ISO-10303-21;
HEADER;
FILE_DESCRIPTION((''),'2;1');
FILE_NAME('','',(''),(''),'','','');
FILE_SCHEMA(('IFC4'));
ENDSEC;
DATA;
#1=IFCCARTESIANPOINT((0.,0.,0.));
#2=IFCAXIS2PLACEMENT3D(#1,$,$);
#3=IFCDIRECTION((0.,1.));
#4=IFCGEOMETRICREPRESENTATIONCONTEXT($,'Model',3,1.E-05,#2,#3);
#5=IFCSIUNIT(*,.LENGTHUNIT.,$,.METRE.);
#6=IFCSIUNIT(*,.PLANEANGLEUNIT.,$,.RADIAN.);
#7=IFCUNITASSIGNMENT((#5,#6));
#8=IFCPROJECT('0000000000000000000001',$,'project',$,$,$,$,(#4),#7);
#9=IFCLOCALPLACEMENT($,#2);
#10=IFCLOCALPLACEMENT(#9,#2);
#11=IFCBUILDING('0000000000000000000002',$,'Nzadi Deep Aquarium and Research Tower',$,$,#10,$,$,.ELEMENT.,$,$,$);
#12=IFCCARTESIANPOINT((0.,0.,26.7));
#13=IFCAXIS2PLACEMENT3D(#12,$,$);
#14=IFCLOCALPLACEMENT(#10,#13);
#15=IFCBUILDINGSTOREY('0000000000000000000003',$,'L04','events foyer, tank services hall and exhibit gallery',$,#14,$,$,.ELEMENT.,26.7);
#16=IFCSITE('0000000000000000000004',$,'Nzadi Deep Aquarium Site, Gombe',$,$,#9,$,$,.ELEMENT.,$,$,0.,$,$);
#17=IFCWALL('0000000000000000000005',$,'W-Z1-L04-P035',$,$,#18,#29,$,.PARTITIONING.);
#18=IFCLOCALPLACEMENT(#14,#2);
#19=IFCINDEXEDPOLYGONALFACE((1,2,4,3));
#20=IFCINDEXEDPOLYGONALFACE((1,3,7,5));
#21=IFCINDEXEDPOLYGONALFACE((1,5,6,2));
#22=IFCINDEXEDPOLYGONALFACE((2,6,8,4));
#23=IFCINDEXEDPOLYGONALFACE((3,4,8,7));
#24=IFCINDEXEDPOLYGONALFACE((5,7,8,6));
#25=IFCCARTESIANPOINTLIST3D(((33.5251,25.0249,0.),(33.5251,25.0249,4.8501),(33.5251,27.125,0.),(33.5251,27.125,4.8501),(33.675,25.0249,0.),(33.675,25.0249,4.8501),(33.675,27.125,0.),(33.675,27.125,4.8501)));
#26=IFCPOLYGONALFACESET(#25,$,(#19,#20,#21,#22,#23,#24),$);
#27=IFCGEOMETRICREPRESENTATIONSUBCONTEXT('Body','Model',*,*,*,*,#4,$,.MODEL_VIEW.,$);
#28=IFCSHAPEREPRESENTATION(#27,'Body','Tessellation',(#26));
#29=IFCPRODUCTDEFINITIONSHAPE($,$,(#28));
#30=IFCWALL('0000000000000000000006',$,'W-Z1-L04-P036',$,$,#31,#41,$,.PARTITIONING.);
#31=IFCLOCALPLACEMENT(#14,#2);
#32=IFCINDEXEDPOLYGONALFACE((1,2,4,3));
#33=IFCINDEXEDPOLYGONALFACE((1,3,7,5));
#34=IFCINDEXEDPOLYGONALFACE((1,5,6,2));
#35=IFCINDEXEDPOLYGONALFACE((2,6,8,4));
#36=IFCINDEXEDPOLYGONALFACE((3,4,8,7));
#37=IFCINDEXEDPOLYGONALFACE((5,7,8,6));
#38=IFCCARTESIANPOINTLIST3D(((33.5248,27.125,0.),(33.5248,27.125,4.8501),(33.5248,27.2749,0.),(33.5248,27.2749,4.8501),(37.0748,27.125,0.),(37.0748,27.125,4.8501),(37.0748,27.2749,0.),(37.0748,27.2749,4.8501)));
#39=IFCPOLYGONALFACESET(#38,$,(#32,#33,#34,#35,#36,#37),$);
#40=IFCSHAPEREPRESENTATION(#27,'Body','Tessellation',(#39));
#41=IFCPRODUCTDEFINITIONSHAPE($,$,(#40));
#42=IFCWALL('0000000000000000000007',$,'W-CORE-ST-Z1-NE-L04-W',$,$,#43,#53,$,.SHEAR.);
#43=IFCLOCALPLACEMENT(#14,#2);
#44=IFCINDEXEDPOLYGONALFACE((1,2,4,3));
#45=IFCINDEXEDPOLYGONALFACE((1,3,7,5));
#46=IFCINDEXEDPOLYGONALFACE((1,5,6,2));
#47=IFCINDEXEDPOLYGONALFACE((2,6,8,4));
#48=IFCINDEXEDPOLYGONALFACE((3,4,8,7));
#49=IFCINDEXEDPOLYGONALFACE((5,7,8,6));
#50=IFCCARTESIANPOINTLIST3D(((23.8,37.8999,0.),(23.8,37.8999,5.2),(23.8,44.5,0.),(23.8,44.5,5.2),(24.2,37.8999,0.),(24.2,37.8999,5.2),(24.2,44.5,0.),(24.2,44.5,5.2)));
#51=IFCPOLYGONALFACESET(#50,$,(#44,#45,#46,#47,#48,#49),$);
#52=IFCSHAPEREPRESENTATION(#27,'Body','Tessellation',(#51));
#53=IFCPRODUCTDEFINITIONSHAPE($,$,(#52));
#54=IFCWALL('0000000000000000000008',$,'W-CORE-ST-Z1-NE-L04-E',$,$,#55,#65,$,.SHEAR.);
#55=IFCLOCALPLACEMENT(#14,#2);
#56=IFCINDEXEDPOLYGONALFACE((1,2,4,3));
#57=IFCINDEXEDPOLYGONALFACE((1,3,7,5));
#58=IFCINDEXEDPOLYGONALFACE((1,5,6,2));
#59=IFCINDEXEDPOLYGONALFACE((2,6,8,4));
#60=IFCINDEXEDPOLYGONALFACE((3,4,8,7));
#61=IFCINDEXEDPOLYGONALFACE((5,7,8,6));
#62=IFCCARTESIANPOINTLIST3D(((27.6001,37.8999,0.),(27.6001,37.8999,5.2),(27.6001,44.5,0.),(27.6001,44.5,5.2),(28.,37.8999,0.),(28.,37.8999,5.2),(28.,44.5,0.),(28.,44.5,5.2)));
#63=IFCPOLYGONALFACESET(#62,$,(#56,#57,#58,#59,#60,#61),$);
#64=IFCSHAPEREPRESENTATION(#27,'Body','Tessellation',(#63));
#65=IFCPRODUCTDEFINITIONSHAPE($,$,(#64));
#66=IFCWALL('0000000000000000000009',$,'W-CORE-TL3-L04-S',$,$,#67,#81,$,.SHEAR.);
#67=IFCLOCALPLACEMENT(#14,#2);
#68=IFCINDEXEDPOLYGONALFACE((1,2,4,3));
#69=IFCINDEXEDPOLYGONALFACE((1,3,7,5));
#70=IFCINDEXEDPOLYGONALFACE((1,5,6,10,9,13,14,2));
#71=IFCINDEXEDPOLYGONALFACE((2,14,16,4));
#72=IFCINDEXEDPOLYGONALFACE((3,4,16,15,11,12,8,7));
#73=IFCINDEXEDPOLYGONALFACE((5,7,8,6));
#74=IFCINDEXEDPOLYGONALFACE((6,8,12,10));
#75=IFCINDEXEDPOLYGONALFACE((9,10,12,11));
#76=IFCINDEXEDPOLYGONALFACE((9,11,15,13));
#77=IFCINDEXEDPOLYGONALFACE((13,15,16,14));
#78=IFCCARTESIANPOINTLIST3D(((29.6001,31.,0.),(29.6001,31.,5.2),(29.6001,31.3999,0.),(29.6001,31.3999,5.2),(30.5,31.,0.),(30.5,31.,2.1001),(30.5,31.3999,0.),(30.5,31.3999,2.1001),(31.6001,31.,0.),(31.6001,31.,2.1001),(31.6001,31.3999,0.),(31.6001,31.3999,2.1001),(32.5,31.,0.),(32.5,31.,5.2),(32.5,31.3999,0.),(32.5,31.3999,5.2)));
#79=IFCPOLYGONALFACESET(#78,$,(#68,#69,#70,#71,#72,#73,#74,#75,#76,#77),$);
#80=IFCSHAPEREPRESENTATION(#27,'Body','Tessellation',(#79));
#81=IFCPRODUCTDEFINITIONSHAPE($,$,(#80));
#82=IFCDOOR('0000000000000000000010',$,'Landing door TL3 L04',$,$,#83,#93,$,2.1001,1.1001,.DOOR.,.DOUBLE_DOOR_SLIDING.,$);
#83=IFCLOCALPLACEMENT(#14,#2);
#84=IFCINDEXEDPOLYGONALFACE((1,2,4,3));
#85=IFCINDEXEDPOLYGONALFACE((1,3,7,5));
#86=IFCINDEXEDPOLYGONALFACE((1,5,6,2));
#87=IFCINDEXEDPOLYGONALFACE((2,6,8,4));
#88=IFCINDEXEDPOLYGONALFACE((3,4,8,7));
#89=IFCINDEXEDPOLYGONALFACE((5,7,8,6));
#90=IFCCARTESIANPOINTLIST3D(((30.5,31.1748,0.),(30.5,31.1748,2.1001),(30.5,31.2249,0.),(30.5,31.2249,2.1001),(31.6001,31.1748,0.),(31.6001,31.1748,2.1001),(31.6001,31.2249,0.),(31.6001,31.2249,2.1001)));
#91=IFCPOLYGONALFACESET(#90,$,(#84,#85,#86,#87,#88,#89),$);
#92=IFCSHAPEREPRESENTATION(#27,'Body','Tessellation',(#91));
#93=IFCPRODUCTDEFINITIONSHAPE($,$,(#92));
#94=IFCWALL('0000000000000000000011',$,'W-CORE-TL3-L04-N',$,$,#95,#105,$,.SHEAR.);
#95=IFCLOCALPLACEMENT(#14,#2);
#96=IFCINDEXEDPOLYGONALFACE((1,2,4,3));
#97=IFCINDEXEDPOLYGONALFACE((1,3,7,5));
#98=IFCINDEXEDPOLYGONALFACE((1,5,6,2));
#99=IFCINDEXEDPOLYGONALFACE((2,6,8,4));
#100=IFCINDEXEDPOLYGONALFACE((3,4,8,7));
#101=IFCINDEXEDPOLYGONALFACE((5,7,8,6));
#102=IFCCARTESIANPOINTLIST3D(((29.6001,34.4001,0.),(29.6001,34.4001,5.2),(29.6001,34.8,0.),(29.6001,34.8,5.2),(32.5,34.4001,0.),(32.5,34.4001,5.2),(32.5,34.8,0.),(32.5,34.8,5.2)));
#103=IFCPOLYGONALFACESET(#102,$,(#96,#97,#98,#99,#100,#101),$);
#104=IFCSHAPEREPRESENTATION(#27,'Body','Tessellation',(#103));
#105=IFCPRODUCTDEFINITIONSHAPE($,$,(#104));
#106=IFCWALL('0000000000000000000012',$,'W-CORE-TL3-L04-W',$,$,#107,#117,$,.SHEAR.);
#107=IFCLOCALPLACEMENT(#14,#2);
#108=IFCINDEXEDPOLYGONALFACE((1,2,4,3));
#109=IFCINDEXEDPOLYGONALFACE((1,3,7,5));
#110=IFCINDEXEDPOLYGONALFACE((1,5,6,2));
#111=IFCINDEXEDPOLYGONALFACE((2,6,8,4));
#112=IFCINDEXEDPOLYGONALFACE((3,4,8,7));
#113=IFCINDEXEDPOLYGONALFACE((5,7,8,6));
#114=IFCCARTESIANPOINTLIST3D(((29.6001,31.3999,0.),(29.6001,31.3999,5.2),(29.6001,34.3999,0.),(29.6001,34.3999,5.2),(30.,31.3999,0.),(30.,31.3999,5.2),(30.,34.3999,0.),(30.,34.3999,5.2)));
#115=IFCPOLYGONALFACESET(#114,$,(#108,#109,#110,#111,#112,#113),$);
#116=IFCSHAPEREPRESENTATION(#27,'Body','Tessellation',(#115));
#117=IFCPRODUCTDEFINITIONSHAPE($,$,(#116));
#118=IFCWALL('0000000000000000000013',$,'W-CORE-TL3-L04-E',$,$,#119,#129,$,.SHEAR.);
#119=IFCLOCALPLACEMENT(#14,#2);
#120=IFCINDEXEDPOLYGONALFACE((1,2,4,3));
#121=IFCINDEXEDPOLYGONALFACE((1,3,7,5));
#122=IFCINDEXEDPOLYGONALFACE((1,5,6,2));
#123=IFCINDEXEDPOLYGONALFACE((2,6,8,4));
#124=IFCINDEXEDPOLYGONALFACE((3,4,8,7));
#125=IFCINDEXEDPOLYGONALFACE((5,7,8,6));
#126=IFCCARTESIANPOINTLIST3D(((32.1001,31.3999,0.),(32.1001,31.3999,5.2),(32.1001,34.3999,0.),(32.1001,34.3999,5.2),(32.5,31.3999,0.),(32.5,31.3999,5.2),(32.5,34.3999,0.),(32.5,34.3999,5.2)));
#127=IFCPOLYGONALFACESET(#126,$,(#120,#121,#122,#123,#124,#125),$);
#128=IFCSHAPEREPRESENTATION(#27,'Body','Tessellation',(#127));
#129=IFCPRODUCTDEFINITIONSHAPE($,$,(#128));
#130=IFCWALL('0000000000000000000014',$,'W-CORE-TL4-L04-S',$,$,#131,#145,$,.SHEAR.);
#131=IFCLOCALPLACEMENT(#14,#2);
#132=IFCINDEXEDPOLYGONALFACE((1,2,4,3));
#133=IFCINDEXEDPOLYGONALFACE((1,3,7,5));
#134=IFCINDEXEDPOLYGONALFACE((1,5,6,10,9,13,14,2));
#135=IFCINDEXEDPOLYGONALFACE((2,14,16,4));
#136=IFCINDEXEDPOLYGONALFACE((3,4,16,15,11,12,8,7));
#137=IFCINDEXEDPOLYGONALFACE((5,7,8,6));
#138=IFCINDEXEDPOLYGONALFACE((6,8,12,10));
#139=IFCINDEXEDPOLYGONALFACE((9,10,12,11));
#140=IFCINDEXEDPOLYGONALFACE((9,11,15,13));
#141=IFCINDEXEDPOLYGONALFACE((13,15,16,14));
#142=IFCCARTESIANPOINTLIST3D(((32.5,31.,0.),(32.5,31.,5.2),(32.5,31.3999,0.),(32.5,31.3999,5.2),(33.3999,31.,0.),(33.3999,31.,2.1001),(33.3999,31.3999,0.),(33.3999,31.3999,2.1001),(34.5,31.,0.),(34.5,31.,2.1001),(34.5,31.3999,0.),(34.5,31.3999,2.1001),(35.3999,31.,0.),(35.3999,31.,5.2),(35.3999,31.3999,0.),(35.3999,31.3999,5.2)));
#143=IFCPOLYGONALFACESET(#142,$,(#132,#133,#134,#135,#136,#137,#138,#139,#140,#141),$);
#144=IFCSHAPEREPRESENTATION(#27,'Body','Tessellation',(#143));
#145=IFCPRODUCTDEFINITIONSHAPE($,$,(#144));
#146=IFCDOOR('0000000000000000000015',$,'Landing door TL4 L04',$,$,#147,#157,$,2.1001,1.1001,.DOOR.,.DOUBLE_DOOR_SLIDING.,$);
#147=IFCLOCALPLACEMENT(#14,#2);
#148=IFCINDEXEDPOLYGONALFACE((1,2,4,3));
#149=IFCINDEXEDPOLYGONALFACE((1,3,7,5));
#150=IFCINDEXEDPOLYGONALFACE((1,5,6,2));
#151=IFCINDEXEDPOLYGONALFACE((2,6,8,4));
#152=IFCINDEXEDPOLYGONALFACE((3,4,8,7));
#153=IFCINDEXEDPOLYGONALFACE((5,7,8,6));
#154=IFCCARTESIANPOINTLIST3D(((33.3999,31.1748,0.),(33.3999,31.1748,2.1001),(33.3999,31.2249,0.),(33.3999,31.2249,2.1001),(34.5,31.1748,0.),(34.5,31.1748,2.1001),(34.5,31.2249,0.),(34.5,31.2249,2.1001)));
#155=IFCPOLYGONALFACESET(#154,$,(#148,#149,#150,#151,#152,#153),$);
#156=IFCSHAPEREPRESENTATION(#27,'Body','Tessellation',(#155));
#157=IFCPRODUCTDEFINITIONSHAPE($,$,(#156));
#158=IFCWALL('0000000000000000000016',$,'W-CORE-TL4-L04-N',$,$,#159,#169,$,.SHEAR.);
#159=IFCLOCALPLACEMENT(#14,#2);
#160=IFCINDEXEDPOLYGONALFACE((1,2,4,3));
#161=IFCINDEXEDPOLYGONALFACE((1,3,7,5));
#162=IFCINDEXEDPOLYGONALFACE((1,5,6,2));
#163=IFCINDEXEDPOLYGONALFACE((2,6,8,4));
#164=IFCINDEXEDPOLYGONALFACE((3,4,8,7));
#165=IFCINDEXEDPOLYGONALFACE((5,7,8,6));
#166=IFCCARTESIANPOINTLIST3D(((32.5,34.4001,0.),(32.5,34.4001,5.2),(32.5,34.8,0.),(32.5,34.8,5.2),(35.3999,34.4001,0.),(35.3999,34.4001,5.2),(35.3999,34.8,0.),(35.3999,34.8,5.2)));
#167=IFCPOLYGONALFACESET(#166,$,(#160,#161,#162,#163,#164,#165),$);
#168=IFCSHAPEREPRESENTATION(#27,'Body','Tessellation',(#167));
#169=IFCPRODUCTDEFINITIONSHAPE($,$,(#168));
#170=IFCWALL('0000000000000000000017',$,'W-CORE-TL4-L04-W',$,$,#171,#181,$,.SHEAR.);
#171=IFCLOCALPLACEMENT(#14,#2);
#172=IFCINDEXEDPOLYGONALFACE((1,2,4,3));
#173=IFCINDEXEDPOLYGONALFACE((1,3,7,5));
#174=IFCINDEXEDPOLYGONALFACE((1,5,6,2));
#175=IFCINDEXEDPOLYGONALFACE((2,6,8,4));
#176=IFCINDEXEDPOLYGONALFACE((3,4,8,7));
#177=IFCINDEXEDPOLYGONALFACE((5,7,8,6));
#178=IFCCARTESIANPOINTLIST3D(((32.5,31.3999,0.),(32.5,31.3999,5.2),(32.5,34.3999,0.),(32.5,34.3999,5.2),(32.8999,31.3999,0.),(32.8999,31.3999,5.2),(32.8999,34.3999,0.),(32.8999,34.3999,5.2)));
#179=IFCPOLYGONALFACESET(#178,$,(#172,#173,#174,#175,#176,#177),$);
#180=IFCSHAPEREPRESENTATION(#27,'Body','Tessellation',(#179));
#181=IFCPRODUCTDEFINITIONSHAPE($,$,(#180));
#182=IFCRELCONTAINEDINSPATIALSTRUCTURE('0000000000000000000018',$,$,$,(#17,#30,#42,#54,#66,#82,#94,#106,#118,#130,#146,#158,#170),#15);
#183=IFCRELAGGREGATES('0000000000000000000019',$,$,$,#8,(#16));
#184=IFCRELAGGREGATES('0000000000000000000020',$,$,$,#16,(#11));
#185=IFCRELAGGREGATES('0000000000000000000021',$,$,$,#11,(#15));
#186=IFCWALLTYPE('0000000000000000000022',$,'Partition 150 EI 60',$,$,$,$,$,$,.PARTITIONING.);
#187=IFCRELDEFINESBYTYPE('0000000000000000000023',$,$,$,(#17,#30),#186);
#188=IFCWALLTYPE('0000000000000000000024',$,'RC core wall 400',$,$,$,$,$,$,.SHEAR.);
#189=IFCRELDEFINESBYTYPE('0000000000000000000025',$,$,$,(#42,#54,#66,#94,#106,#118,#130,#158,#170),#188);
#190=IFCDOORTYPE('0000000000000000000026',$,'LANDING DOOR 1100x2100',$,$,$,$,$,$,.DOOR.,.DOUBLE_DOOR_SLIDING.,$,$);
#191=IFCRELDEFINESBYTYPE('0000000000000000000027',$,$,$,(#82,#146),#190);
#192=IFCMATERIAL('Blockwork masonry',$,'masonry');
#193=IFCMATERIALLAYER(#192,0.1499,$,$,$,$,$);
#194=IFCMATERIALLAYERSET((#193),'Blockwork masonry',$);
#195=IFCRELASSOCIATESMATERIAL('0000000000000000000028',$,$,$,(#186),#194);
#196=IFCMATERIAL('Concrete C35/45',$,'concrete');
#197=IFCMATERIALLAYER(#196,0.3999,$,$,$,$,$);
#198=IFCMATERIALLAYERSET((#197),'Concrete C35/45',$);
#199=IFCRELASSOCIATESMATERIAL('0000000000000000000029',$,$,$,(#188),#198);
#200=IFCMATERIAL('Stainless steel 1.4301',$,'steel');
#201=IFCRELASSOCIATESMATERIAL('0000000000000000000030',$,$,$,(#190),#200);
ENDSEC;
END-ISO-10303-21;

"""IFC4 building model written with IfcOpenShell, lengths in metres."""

from ifc_helpers import new_model, si_unit, direction, frame, frame_2d, origin, place, context, subcontext, project, spatial, rectangle, extrude, material, layer, layer_set, type_object, element, fill, save


model = new_model("IFC4")

# Units and contexts
model_context = context("Model", 3, precision=1e-05, world=origin(), true_north=direction((0.0, 1.0)))
body_context = subcontext(model_context, "Body", "Model", "MODEL_VIEW")
ifc_project = project(units=[si_unit("LENGTHUNIT", "METRE"), si_unit("PLANEANGLEUNIT", "RADIAN")], contexts=[model_context])

# Site, building, storey
site_placement = place(None, origin())
site = spatial("IfcSite", under=ifc_project, at=site_placement, Name="Nzadi Deep Aquarium Site, Gombe", CompositionType="ELEMENT", RefElevation=0.0)
building_placement = place(site_placement, origin())
building = spatial("IfcBuilding", under=site, at=building_placement, Name="Nzadi Deep Aquarium and Research Tower", CompositionType="ELEMENT")
storey_placement = place(building_placement, frame((0.0, 0.0, 26.7)))
storey = spatial("IfcBuildingStorey", under=building, at=storey_placement, Name="L04", Description="events foyer, tank services hall and exhibit gallery", CompositionType="ELEMENT", Elevation=26.7)

# Shared definitions
ifc_material_1 = material(Name="Blockwork masonry", Category="masonry")
ifc_layer_1 = layer(ifc_material_1, 0.1499)
ifc_layer_set_1 = layer_set([ifc_layer_1], Name="Blockwork masonry")
wall_type_1 = type_object("IfcWallType", Name="Partition 150 EI 60", PredefinedType="PARTITIONING", material=ifc_layer_set_1)

# Walls
wall_1_placement = place(storey_placement, frame((33.6001, 25.0249, 0.0), z_axis=(0.0, 0.0, 1.0), x_axis=(0.0, 1.0, 0.0)))
element("IfcWall", 1, at=wall_1_placement, inside=storey, type_object=wall_type_1, Name="W-Z1-L04-P035", PredefinedType="PARTITIONING", context=body_context, shape_type="SweptSolid", body=[
    extrude(rectangle(XDim=2.1001, YDim=0.1499, at=frame_2d((1.05, 0.0))), origin(), (0.0, 0.0, 1.0), 4.8501),
])
wall_2_placement = place(storey_placement, frame((33.5249, 27.2, 0.0), z_axis=(0.0, 0.0, 1.0), x_axis=(1.0, 0.0, 0.0)))
element("IfcWall", 2, at=wall_2_placement, inside=storey, type_object=wall_type_1, Name="W-Z1-L04-P036", PredefinedType="PARTITIONING", context=body_context, shape_type="SweptSolid", body=[
    extrude(rectangle(XDim=3.55, YDim=0.1499, at=frame_2d((1.7749, 0.0))), origin(), (0.0, 0.0, 1.0), 4.8501),
])
ifc_material_2 = material(Name="Concrete C35/45", Category="concrete")
ifc_layer_2 = layer(ifc_material_2, 0.3999)
ifc_layer_set_2 = layer_set([ifc_layer_2], Name="Concrete C35/45")
wall_type_2 = type_object("IfcWallType", Name="RC core wall 400", PredefinedType="SHEAR", material=ifc_layer_set_2)
for number, where, z_axis, x_axis, name in (
    (3, (24.0, 37.8999, 0.0), (0.0, 0.0, 1.0), (0.0, 1.0, 0.0), "W-CORE-ST-Z1-NE-L04-W"),
    (4, (27.8, 37.8999, 0.0), (0.0, 0.0, 1.0), (0.0, 1.0, 0.0), "W-CORE-ST-Z1-NE-L04-E"),
):
    element("IfcWall", number, at=place(storey_placement, frame(where, z_axis=z_axis, x_axis=x_axis)), inside=storey, type_object=wall_type_2, Name=name, PredefinedType="SHEAR", context=body_context, shape_type="SweptSolid", body=[
        extrude(rectangle(XDim=6.6001, YDim=0.3999, at=frame_2d((3.3, 0.0))), origin(), (0.0, 0.0, 1.0), 5.2),
    ])

# Wall, opening, door
wall_3_placement = place(storey_placement, frame((29.6001, 31.2, 0.0), z_axis=(0.0, 0.0, 1.0), x_axis=(1.0, 0.0, 0.0)))
wall_3 = element("IfcWall", 5, at=wall_3_placement, inside=storey, type_object=wall_type_2, Name="W-CORE-TL3-L04-S", PredefinedType="SHEAR", context=body_context, shape_type="SweptSolid", body=[
    extrude(rectangle(XDim=2.8999, YDim=0.3999, at=frame_2d((1.45, 0.0))), origin(), (0.0, 0.0, 1.0), 5.2),
])
opening_1_placement = place(wall_3_placement, frame((0.8999, 0.0, 0.0)))
opening_1 = element("IfcOpeningElement", 6, at=opening_1_placement, cuts=wall_3, PredefinedType="OPENING", context=body_context, shape_type="SweptSolid", body=[
    extrude(rectangle(XDim=1.1001, YDim=2.1001, at=frame_2d((0.55, 1.05))), frame((0.0, 0.21, 0.0), z_axis=(0.0, -1.0, 0.0), x_axis=(1.0, 0.0, 0.0)), (0.0, 0.0, 1.0), 0.4199),
])
ifc_material_3 = material(Name="Stainless steel 1.4301", Category="steel")
door_type_1 = type_object("IfcDoorType", Name="LANDING DOOR 1100x2100", OperationType="DOUBLE_DOOR_SLIDING", PredefinedType="DOOR", material=ifc_material_3)
door_1_placement = place(opening_1_placement, origin())
door_1 = element("IfcDoor", 7, at=door_1_placement, inside=storey, type_object=door_type_1, Name="Landing door TL3 L04", OperationType="DOUBLE_DOOR_SLIDING", OverallHeight=2.1001, OverallWidth=1.1001, PredefinedType="DOOR", context=body_context, shape_type="SweptSolid", body=[
    extrude(rectangle(XDim=1.1001, YDim=2.1001, at=frame_2d((0.55, 1.05))), frame((0.0, 0.0249, 0.0), z_axis=(0.0, -1.0, 0.0), x_axis=(1.0, 0.0, 0.0)), (0.0, 0.0, 1.0), 0.05),
])
fill(opening_1, door_1)

# Walls
wall_4_placement = place(storey_placement, frame((29.6001, 34.6001, 0.0), z_axis=(0.0, 0.0, 1.0), x_axis=(1.0, 0.0, 0.0)))
element("IfcWall", 8, at=wall_4_placement, inside=storey, type_object=wall_type_2, Name="W-CORE-TL3-L04-N", PredefinedType="SHEAR", context=body_context, shape_type="SweptSolid", body=[
    extrude(rectangle(XDim=2.8999, YDim=0.3999, at=frame_2d((1.45, 0.0))), origin(), (0.0, 0.0, 1.0), 5.2),
])
for number, where, z_axis, x_axis, name in (
    (9, (29.8, 31.3999, 0.0), (0.0, 0.0, 1.0), (0.0, 1.0, 0.0), "W-CORE-TL3-L04-W"),
    (10, (32.3, 31.3999, 0.0), (0.0, 0.0, 1.0), (0.0, 1.0, 0.0), "W-CORE-TL3-L04-E"),
):
    element("IfcWall", number, at=place(storey_placement, frame(where, z_axis=z_axis, x_axis=x_axis)), inside=storey, type_object=wall_type_2, Name=name, PredefinedType="SHEAR", context=body_context, shape_type="SweptSolid", body=[
        extrude(rectangle(XDim=3.0, YDim=0.3999, at=frame_2d((1.5, 0.0))), origin(), (0.0, 0.0, 1.0), 5.2),
    ])

# Wall, opening, door
wall_5_placement = place(storey_placement, frame((32.5, 31.2, 0.0), z_axis=(0.0, 0.0, 1.0), x_axis=(1.0, 0.0, 0.0)))
wall_5 = element("IfcWall", 11, at=wall_5_placement, inside=storey, type_object=wall_type_2, Name="W-CORE-TL4-L04-S", PredefinedType="SHEAR", context=body_context, shape_type="SweptSolid", body=[
    extrude(rectangle(XDim=2.8999, YDim=0.3999, at=frame_2d((1.45, 0.0))), origin(), (0.0, 0.0, 1.0), 5.2),
])
opening_2_placement = place(wall_5_placement, frame((0.8999, 0.0, 0.0)))
opening_2 = element("IfcOpeningElement", 12, at=opening_2_placement, cuts=wall_5, PredefinedType="OPENING", context=body_context, shape_type="SweptSolid", body=[
    extrude(rectangle(XDim=1.1001, YDim=2.1001, at=frame_2d((0.55, 1.05))), frame((0.0, 0.21, 0.0), z_axis=(0.0, -1.0, 0.0), x_axis=(1.0, 0.0, 0.0)), (0.0, 0.0, 1.0), 0.4199),
])
door_2_placement = place(opening_2_placement, origin())
door_2 = element("IfcDoor", 13, at=door_2_placement, inside=storey, type_object=door_type_1, Name="Landing door TL4 L04", OperationType="DOUBLE_DOOR_SLIDING", OverallHeight=2.1001, OverallWidth=1.1001, PredefinedType="DOOR", context=body_context, shape_type="SweptSolid", body=[
    extrude(rectangle(XDim=1.1001, YDim=2.1001, at=frame_2d((0.55, 1.05))), frame((0.0, 0.0249, 0.0), z_axis=(0.0, -1.0, 0.0), x_axis=(1.0, 0.0, 0.0)), (0.0, 0.0, 1.0), 0.05),
])
fill(opening_2, door_2)

# Walls
wall_6_placement = place(storey_placement, frame((32.5, 34.6001, 0.0), z_axis=(0.0, 0.0, 1.0), x_axis=(1.0, 0.0, 0.0)))
element("IfcWall", 14, at=wall_6_placement, inside=storey, type_object=wall_type_2, Name="W-CORE-TL4-L04-N", PredefinedType="SHEAR", context=body_context, shape_type="SweptSolid", body=[
    extrude(rectangle(XDim=2.8999, YDim=0.3999, at=frame_2d((1.45, 0.0))), origin(), (0.0, 0.0, 1.0), 5.2),
])
wall_7_placement = place(storey_placement, frame((32.7, 31.3999, 0.0), z_axis=(0.0, 0.0, 1.0), x_axis=(0.0, 1.0, 0.0)))
element("IfcWall", 15, at=wall_7_placement, inside=storey, type_object=wall_type_2, Name="W-CORE-TL4-L04-W", PredefinedType="SHEAR", context=body_context, shape_type="SweptSolid", body=[
    extrude(rectangle(XDim=3.0, YDim=0.3999, at=frame_2d((1.5, 0.0))), origin(), (0.0, 0.0, 1.0), 5.2),
])

save(model, "model.ifc")
